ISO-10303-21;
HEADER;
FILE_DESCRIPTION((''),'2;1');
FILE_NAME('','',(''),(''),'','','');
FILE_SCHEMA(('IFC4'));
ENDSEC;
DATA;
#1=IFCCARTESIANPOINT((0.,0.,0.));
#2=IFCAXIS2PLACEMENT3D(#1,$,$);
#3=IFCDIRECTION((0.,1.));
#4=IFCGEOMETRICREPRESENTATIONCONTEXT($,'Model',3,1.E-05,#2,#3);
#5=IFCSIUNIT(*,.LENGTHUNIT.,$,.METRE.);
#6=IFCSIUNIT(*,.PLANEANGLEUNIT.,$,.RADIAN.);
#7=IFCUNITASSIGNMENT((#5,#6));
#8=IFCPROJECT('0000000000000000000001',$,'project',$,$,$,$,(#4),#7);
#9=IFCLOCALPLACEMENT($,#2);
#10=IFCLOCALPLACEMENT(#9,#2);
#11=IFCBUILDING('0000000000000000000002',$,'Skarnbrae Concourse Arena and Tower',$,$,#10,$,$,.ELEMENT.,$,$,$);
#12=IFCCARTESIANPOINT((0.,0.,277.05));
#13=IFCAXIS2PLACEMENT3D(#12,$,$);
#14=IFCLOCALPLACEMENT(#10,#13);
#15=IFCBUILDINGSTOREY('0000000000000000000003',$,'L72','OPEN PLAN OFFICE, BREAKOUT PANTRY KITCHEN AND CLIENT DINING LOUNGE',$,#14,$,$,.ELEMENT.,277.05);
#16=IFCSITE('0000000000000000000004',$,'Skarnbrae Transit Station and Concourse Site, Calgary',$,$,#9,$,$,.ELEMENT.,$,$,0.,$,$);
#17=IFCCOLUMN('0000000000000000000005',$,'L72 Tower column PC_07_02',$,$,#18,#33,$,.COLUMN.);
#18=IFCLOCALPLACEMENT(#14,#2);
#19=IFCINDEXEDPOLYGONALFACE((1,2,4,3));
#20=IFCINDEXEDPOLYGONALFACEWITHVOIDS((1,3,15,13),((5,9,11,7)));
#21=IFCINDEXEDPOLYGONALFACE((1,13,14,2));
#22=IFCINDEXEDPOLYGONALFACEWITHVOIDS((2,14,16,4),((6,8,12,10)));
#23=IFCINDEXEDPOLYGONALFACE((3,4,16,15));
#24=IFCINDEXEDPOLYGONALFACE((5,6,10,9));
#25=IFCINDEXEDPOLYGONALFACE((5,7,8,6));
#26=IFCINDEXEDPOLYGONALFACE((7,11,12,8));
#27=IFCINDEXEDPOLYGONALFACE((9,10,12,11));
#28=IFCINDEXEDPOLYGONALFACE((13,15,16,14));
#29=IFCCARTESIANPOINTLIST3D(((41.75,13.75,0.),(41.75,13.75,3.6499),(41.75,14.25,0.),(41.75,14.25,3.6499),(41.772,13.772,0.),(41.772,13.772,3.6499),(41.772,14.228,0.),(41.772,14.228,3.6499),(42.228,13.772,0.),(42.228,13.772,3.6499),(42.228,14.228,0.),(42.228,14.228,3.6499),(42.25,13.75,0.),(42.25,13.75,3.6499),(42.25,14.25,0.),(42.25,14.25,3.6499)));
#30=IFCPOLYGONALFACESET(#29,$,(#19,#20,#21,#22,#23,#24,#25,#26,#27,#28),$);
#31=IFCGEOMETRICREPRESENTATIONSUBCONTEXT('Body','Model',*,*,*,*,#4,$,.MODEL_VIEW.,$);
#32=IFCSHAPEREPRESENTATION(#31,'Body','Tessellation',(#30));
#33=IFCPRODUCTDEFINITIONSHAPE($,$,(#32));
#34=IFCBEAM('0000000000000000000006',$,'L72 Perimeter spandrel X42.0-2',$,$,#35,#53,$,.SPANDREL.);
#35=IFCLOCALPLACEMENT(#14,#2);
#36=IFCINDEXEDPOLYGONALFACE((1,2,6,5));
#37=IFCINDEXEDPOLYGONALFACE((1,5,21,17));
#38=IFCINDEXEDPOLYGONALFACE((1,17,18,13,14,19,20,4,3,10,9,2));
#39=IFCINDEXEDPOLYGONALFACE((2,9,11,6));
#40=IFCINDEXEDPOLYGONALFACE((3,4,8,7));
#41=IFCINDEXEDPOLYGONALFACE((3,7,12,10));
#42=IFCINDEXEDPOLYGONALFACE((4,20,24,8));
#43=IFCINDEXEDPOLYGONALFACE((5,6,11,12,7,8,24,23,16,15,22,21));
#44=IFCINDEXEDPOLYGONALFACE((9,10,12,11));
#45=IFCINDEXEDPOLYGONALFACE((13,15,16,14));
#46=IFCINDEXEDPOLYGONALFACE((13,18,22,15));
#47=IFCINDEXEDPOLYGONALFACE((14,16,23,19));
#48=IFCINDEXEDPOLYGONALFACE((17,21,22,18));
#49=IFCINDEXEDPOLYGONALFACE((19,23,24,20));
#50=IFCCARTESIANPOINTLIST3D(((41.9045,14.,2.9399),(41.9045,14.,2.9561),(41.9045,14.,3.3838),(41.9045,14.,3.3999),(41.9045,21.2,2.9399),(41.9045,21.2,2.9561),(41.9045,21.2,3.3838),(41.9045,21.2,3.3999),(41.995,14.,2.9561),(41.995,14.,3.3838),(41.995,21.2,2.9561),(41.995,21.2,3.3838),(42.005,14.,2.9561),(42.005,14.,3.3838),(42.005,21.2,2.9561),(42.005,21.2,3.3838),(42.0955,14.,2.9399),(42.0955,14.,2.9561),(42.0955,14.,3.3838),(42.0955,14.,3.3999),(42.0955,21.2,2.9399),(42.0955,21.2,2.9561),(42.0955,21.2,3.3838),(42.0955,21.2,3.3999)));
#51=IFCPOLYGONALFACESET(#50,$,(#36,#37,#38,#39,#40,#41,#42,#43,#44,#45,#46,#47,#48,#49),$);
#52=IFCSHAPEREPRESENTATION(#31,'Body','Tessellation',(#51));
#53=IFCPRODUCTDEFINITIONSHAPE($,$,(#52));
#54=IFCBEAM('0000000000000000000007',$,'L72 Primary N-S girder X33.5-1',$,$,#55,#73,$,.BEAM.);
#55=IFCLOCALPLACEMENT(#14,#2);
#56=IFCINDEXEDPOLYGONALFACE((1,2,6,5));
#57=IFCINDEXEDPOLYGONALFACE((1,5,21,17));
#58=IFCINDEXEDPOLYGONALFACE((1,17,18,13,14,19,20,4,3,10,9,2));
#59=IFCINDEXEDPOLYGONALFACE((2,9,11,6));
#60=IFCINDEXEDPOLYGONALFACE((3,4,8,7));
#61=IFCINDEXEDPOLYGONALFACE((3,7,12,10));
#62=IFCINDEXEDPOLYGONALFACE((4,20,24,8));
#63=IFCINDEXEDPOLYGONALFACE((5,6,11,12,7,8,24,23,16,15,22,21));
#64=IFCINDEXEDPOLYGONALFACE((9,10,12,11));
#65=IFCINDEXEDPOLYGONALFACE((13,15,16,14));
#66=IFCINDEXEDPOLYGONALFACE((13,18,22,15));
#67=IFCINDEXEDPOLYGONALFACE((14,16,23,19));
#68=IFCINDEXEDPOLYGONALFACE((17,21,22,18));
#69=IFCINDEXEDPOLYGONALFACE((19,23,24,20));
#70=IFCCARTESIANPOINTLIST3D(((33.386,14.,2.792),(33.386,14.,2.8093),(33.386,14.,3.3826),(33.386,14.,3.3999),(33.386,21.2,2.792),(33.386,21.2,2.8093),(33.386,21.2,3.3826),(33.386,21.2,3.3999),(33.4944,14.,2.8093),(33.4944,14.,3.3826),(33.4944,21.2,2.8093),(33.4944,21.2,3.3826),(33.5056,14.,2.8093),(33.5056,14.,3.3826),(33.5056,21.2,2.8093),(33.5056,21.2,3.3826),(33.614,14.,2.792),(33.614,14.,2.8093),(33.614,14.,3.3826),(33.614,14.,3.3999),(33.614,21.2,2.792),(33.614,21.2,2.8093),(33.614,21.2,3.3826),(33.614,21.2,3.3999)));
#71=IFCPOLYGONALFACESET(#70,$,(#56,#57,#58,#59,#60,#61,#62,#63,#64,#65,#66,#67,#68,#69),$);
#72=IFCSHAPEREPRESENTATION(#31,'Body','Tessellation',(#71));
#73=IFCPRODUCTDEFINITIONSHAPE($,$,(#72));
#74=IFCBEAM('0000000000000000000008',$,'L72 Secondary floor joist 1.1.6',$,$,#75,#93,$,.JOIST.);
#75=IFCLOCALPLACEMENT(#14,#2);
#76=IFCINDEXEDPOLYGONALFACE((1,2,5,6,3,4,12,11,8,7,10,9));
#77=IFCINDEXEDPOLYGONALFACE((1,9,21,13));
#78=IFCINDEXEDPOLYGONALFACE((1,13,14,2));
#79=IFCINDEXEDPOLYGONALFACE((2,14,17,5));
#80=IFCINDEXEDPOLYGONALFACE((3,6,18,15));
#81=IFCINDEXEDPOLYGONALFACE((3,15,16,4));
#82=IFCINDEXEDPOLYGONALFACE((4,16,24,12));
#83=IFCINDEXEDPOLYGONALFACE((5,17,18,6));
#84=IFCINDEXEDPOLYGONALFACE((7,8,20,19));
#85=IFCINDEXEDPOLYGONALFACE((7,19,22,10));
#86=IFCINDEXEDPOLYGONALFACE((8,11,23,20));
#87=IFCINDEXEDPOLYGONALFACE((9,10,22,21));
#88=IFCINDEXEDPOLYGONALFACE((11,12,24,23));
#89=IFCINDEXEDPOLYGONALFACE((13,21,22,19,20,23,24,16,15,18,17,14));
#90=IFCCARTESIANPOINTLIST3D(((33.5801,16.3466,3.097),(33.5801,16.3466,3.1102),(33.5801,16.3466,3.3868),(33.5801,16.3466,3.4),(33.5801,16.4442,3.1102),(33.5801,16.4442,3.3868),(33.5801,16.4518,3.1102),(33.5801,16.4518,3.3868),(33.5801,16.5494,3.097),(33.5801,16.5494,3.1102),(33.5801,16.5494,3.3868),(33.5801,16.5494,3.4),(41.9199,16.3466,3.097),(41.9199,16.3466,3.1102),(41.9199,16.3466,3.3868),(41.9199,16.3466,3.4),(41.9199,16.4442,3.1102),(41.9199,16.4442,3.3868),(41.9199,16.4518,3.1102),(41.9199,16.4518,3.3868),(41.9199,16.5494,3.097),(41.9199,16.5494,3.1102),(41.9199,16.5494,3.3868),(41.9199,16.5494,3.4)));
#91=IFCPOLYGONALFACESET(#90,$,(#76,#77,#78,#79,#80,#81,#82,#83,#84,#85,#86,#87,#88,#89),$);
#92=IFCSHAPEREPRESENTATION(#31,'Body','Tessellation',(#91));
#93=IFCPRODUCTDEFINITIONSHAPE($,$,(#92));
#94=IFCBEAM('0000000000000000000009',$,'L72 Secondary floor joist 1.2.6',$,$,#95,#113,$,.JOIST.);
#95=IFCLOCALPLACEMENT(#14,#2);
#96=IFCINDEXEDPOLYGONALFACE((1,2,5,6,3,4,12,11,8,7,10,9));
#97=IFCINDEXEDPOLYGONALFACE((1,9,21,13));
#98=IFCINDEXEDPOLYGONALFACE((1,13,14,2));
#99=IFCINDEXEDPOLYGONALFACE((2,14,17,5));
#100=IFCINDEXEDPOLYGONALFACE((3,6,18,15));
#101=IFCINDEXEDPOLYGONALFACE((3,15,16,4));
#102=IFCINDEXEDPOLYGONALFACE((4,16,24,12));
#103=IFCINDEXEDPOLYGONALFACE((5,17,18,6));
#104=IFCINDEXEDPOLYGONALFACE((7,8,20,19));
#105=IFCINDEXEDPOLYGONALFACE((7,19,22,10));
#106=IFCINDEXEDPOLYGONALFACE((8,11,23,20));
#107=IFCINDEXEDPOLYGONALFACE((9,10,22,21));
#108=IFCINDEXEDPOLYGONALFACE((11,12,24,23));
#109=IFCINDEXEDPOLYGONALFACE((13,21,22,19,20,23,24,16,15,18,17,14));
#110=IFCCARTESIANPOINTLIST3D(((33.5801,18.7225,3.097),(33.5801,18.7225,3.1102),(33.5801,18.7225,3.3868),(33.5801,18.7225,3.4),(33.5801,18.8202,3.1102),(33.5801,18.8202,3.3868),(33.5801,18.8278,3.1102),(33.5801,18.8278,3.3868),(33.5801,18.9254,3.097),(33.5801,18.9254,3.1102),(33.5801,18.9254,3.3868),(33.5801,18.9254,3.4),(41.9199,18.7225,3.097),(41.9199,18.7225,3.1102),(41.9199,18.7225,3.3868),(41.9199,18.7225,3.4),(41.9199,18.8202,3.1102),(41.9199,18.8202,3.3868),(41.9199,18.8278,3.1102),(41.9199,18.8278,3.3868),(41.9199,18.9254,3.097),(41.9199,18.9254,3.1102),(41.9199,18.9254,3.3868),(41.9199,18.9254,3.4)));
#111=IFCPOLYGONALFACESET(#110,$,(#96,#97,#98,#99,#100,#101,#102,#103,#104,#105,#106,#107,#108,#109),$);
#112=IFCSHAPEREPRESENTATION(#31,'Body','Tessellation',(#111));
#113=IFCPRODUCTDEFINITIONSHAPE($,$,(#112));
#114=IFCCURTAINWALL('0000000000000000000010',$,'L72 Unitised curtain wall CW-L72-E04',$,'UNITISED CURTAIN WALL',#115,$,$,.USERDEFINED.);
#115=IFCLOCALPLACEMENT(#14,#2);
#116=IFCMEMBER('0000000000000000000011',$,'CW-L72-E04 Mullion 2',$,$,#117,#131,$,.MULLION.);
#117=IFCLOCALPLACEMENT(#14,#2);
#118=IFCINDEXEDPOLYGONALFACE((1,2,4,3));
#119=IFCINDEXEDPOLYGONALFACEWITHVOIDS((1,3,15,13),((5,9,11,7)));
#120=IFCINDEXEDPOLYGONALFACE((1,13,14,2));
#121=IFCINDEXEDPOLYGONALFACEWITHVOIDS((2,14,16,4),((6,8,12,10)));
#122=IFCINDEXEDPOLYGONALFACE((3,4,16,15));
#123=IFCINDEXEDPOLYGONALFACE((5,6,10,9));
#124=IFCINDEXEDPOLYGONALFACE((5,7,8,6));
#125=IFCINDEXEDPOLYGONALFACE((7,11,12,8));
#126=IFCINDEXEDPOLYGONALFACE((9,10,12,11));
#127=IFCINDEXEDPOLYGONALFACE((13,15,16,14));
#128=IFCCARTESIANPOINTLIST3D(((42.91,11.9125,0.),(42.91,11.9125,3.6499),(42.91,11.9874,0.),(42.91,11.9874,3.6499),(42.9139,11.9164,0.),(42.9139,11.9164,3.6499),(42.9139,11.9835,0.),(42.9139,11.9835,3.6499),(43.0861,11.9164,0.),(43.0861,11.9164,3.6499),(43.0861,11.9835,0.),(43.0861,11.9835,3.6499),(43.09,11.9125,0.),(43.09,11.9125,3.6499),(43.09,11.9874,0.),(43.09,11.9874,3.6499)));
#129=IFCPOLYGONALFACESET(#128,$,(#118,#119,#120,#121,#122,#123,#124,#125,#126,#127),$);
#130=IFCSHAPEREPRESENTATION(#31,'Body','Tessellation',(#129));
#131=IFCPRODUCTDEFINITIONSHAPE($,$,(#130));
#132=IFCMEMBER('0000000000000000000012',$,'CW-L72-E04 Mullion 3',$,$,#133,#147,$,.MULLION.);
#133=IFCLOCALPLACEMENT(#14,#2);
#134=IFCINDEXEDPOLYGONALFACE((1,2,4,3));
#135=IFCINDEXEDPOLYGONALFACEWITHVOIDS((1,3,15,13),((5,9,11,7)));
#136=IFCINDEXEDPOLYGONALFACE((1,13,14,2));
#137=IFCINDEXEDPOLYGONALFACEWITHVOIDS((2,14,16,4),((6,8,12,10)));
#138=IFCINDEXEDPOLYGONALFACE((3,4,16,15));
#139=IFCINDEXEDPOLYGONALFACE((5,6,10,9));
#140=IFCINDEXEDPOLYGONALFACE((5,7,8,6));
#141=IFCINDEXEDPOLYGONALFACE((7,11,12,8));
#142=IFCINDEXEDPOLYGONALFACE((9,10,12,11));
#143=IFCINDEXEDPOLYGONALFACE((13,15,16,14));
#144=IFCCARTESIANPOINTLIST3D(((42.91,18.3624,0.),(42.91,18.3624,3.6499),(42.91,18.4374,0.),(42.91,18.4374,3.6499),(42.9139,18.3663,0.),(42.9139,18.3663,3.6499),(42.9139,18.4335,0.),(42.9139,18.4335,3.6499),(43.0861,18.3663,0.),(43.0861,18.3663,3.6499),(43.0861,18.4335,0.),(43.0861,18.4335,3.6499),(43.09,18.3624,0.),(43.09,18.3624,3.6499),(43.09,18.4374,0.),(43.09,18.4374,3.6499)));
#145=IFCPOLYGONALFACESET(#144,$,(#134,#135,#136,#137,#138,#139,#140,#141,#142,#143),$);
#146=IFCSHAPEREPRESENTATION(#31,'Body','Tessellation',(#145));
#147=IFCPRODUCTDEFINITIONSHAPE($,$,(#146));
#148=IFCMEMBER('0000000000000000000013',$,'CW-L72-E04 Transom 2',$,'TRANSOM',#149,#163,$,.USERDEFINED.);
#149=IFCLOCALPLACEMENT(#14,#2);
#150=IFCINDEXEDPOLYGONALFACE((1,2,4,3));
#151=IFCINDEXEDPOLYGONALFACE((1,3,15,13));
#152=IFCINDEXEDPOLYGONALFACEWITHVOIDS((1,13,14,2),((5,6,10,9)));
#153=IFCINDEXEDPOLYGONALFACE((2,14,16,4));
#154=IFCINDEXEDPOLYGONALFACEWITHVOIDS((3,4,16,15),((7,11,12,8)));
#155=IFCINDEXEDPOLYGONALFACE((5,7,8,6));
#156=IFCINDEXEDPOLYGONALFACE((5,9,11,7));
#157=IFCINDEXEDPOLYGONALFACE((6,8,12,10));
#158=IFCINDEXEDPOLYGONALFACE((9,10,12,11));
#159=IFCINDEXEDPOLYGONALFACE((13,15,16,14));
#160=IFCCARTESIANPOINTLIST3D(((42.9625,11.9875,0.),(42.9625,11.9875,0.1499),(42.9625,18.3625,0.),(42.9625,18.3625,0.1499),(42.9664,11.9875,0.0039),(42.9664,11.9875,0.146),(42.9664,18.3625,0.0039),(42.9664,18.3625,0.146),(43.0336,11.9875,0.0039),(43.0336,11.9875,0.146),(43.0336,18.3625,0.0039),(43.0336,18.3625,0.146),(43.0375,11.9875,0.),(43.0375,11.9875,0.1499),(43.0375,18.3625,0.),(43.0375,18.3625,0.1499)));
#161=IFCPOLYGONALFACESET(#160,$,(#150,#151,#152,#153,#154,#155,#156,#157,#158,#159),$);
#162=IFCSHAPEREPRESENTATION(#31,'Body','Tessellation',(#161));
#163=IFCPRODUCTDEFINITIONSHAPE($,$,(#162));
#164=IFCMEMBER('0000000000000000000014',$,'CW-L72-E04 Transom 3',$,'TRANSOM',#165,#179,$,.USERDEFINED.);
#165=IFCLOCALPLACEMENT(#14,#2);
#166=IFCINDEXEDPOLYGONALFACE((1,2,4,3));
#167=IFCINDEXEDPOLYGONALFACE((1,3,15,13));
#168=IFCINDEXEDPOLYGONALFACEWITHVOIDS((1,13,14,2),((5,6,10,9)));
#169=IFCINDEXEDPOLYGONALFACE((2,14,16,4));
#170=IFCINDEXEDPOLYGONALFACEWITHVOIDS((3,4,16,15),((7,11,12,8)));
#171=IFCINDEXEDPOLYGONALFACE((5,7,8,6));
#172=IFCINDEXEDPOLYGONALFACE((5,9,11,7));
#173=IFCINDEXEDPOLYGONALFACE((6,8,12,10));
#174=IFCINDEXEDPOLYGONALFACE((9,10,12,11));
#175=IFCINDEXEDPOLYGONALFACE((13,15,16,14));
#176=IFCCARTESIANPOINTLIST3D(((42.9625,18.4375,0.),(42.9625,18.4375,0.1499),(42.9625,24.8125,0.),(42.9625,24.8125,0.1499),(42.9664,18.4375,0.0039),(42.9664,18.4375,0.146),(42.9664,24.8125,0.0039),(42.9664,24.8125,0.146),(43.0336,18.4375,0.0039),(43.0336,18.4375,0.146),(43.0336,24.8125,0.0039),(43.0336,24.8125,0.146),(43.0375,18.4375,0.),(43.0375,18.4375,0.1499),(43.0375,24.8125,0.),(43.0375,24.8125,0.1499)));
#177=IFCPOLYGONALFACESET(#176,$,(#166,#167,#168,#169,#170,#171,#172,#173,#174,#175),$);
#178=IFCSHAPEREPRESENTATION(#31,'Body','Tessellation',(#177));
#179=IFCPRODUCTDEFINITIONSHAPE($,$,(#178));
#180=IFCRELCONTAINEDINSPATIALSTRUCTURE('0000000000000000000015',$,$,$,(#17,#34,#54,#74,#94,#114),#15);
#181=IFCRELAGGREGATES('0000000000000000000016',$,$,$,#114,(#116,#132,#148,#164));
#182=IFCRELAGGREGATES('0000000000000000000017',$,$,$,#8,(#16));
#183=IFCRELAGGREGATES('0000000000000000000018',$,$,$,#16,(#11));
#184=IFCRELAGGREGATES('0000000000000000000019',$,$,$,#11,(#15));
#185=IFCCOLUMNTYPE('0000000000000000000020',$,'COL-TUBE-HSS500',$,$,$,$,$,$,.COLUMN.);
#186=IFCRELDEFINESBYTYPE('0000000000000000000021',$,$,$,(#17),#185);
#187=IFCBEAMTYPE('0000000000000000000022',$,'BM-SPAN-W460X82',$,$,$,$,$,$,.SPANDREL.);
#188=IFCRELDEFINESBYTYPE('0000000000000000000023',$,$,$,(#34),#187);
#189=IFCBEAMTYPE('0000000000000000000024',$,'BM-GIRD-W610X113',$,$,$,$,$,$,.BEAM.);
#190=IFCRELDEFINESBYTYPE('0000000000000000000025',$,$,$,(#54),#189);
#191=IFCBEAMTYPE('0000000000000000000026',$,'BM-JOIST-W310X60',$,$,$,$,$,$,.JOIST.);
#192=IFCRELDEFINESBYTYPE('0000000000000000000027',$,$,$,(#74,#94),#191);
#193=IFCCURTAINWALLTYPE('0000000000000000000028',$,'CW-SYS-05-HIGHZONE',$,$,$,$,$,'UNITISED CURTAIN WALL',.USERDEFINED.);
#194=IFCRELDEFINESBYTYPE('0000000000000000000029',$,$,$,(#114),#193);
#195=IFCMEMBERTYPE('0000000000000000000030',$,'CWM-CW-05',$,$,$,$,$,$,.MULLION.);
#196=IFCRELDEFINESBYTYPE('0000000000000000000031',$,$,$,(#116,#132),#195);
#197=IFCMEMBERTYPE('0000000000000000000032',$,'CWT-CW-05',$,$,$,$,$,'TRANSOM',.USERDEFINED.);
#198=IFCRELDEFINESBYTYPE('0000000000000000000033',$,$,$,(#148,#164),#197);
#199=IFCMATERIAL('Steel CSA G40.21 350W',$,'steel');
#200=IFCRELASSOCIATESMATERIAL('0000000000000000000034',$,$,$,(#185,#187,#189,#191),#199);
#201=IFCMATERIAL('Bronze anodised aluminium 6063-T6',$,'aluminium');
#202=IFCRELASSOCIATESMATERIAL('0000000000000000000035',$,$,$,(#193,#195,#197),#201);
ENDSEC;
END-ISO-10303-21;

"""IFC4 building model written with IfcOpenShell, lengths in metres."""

from ifc_helpers import new_model, si_unit, direction, frame, origin, origin_2d, place, context, subcontext, project, spatial, hollow_rectangle, i_section, extrude, source, transform, mapped, material, material_profile, profile_set, type_object, element, aggregate, save


model = new_model("IFC4")

# Units and contexts
model_context = context("Model", 3, precision=1e-05, world=origin(), true_north=direction((0.0, 1.0)))
body_context = subcontext(model_context, "Body", "Model", "MODEL_VIEW")
ifc_project = project(units=[si_unit("LENGTHUNIT", "METRE"), si_unit("PLANEANGLEUNIT", "RADIAN")], contexts=[model_context])

# Site, building, storey
site_placement = place(None, origin())
site = spatial("IfcSite", under=ifc_project, at=site_placement, Name="Skarnbrae Transit Station and Concourse Site, Calgary", CompositionType="ELEMENT", RefElevation=0.0)
building_placement = place(site_placement, origin())
building = spatial("IfcBuilding", under=site, at=building_placement, Name="Skarnbrae Concourse Arena and Tower", CompositionType="ELEMENT")
storey_placement = place(building_placement, frame((0.0, 0.0, 277.05)))
storey = spatial("IfcBuildingStorey", under=building, at=storey_placement, Name="L72", Description="OPEN PLAN OFFICE, BREAKOUT PANTRY KITCHEN AND CLIENT DINING LOUNGE", CompositionType="ELEMENT", Elevation=277.05)

# Column
ifc_material_1 = material(Name="Steel CSA G40.21 350W", Category="steel")
ifc_material_profile_1 = material_profile(ifc_material_1, hollow_rectangle(XDim=0.5, YDim=0.5, WallThickness=0.022, at=origin_2d()), Name="HSS500X500X22.0")
ifc_profile_set_1 = profile_set([ifc_material_profile_1], Name="Steel CSA G40.21 350W")
column_type = type_object("IfcColumnType", Name="COL-TUBE-HSS500", PredefinedType="COLUMN", material=ifc_profile_set_1)
shared_shape_1 = source(origin(), body_context, "Body", "SweptSolid", [
    extrude(hollow_rectangle(XDim=0.5, YDim=0.5, WallThickness=0.022, at=origin_2d()), origin(), (0.0, 0.0, 1.0), 3.6499),
])
column_placement = place(storey_placement, frame((42.0, 14.0, 0.0), z_axis=(0.0, 0.0, 1.0), x_axis=(1.0, 0.0, 0.0)))
element("IfcColumn", 1, at=column_placement, inside=storey, type_object=column_type, Name="L72 Tower column PC_07_02", PredefinedType="COLUMN", context=body_context, shape_type="MappedRepresentation", body=[
    mapped(shared_shape_1, transform((0.0, 0.0, 0.0))),
])

# Beams
ifc_material_profile_2 = material_profile(ifc_material_1, i_section(OverallWidth=0.1909, OverallDepth=0.46, WebThickness=0.01, FlangeThickness=0.0161, at=origin_2d()), Name="W460X82")
ifc_profile_set_2 = profile_set([ifc_material_profile_2], Name="Steel CSA G40.21 350W")
beam_type_1 = type_object("IfcBeamType", Name="BM-SPAN-W460X82", PredefinedType="SPANDREL", material=ifc_profile_set_2)
shared_shape_2 = source(origin(), body_context, "Body", "SweptSolid", [
    extrude(i_section(OverallWidth=0.1909, OverallDepth=0.46, WebThickness=0.01, FlangeThickness=0.0161, at=origin_2d()), origin(), (0.0, 0.0, 1.0), 7.2),
])
beam_1_placement = place(storey_placement, frame((42.0, 14.0, 3.1699), z_axis=(0.0, 1.0, 0.0), x_axis=(-1.0, 0.0, 0.0)))
element("IfcBeam", 2, at=beam_1_placement, inside=storey, type_object=beam_type_1, Name="L72 Perimeter spandrel X42.0-2", PredefinedType="SPANDREL", context=body_context, shape_type="MappedRepresentation", body=[
    mapped(shared_shape_2, transform((0.0, 0.0, 0.0))),
])
ifc_material_profile_3 = material_profile(ifc_material_1, i_section(OverallWidth=0.228, OverallDepth=0.6079, WebThickness=0.0112, FlangeThickness=0.0173, at=origin_2d()), Name="W610X113")
ifc_profile_set_3 = profile_set([ifc_material_profile_3], Name="Steel CSA G40.21 350W")
beam_type_2 = type_object("IfcBeamType", Name="BM-GIRD-W610X113", PredefinedType="BEAM", material=ifc_profile_set_3)
shared_shape_3 = source(origin(), body_context, "Body", "SweptSolid", [
    extrude(i_section(OverallWidth=0.228, OverallDepth=0.6079, WebThickness=0.0112, FlangeThickness=0.0173, at=origin_2d()), origin(), (0.0, 0.0, 1.0), 7.2),
])
beam_2_placement = place(storey_placement, frame((33.5, 14.0, 3.0959), z_axis=(0.0, 1.0, 0.0), x_axis=(-1.0, 0.0, 0.0)))
element("IfcBeam", 3, at=beam_2_placement, inside=storey, type_object=beam_type_2, Name="L72 Primary N-S girder X33.5-1", PredefinedType="BEAM", context=body_context, shape_type="MappedRepresentation", body=[
    mapped(shared_shape_3, transform((0.0, 0.0, 0.0))),
])
ifc_material_profile_4 = material_profile(ifc_material_1, i_section(OverallWidth=0.2029, OverallDepth=0.303, WebThickness=0.0076, FlangeThickness=0.0132, at=origin_2d()), Name="W310X60")
ifc_profile_set_4 = profile_set([ifc_material_profile_4], Name="Steel CSA G40.21 350W")
beam_type_3 = type_object("IfcBeamType", Name="BM-JOIST-W310X60", PredefinedType="JOIST", material=ifc_profile_set_4)
shared_shape_4 = source(origin(), body_context, "Body", "SweptSolid", [
    extrude(i_section(OverallWidth=0.2029, OverallDepth=0.303, WebThickness=0.0076, FlangeThickness=0.0132, at=origin_2d()), origin(), (0.0, 0.0, 1.0), 8.3398),
])
for number, where, z_axis, x_axis, name in (
    (4, (33.5801, 16.448, 3.2485), (1.0, 0.0, 0.0), (0.0, 1.0, 0.0), "L72 Secondary floor joist 1.1.6"),
    (5, (33.5801, 18.824, 3.2485), (1.0, 0.0, 0.0), (0.0, 1.0, 0.0), "L72 Secondary floor joist 1.2.6"),
):
    element("IfcBeam", number, at=place(storey_placement, frame(where, z_axis=z_axis, x_axis=x_axis)), inside=storey, type_object=beam_type_3, Name=name, PredefinedType="JOIST", context=body_context, shape_type="MappedRepresentation", body=[
        mapped(shared_shape_4, transform((0.0, 0.0, 0.0))),
    ])

# Curtain wall, members
ifc_material_2 = material(Name="Bronze anodised aluminium 6063-T6", Category="aluminium")
curtain_wall_type = type_object("IfcCurtainWallType", Name="CW-SYS-05-HIGHZONE", ElementType="UNITISED CURTAIN WALL", PredefinedType="USERDEFINED", material=ifc_material_2)
curtain_wall_placement = place(storey_placement, origin())
curtain_wall = element("IfcCurtainWall", 6, at=curtain_wall_placement, inside=storey, type_object=curtain_wall_type, Name="L72 Unitised curtain wall CW-L72-E04", ObjectType="UNITISED CURTAIN WALL", PredefinedType="USERDEFINED")
ifc_material_profile_5 = material_profile(ifc_material_2, hollow_rectangle(XDim=0.075, YDim=0.1799, WallThickness=0.0039, at=origin_2d()), Name="ALU-MULL-75X180")
ifc_profile_set_5 = profile_set([ifc_material_profile_5], Name="Bronze anodised aluminium 6063-T6")
member_type_1 = type_object("IfcMemberType", Name="CWM-CW-05", PredefinedType="MULLION", material=ifc_profile_set_5)
shared_shape_5 = source(origin(), body_context, "Body", "SweptSolid", [
    extrude(hollow_rectangle(XDim=0.075, YDim=0.1799, WallThickness=0.0039, at=origin_2d()), origin(), (0.0, 0.0, 1.0), 3.6499),
])
member_1_placement = place(storey_placement, frame((43.0, 11.95, 0.0), z_axis=(0.0, 0.0, 1.0), x_axis=(0.0, 1.0, 0.0)))
member_1 = element("IfcMember", 7, at=member_1_placement, type_object=member_type_1, Name="CW-L72-E04 Mullion 2", PredefinedType="MULLION", context=body_context, shape_type="MappedRepresentation", body=[
    mapped(shared_shape_5, transform((0.0, 0.0, 0.0))),
])
member_2_placement = place(storey_placement, frame((43.0, 18.3999, 0.0), z_axis=(0.0, 0.0, 1.0), x_axis=(0.0, 1.0, 0.0)))
member_2 = element("IfcMember", 8, at=member_2_placement, type_object=member_type_1, Name="CW-L72-E04 Mullion 3", PredefinedType="MULLION", context=body_context, shape_type="MappedRepresentation", body=[
    mapped(shared_shape_5, transform((0.0, 0.0, 0.0))),
])
ifc_material_profile_6 = material_profile(ifc_material_2, hollow_rectangle(XDim=0.075, YDim=0.1499, WallThickness=0.0039, at=origin_2d()), Name="ALU-TRAN-75X150")
ifc_profile_set_6 = profile_set([ifc_material_profile_6], Name="Bronze anodised aluminium 6063-T6")
member_type_2 = type_object("IfcMemberType", Name="CWT-CW-05", ElementType="TRANSOM", PredefinedType="USERDEFINED", material=ifc_profile_set_6)
shared_shape_6 = source(origin(), body_context, "Body", "SweptSolid", [
    extrude(hollow_rectangle(XDim=0.075, YDim=0.1499, WallThickness=0.0039, at=origin_2d()), origin(), (0.0, 0.0, 1.0), 6.375),
])
member_3_placement = place(storey_placement, frame((43.0, 11.9875, 0.075), z_axis=(0.0, 1.0, 0.0), x_axis=(-1.0, 0.0, 0.0)))
member_3 = element("IfcMember", 9, at=member_3_placement, type_object=member_type_2, Name="CW-L72-E04 Transom 2", ObjectType="TRANSOM", PredefinedType="USERDEFINED", context=body_context, shape_type="MappedRepresentation", body=[
    mapped(shared_shape_6, transform((0.0, 0.0, 0.0))),
])
member_4_placement = place(storey_placement, frame((43.0, 18.4375, 0.075), z_axis=(0.0, 1.0, 0.0), x_axis=(-1.0, 0.0, 0.0)))
member_4 = element("IfcMember", 10, at=member_4_placement, type_object=member_type_2, Name="CW-L72-E04 Transom 3", ObjectType="TRANSOM", PredefinedType="USERDEFINED", context=body_context, shape_type="MappedRepresentation", body=[
    mapped(shared_shape_6, transform((0.0, 0.0, 0.0))),
])
aggregate(curtain_wall, [member_1, member_2, member_3, member_4])

save(model, "model.ifc")
